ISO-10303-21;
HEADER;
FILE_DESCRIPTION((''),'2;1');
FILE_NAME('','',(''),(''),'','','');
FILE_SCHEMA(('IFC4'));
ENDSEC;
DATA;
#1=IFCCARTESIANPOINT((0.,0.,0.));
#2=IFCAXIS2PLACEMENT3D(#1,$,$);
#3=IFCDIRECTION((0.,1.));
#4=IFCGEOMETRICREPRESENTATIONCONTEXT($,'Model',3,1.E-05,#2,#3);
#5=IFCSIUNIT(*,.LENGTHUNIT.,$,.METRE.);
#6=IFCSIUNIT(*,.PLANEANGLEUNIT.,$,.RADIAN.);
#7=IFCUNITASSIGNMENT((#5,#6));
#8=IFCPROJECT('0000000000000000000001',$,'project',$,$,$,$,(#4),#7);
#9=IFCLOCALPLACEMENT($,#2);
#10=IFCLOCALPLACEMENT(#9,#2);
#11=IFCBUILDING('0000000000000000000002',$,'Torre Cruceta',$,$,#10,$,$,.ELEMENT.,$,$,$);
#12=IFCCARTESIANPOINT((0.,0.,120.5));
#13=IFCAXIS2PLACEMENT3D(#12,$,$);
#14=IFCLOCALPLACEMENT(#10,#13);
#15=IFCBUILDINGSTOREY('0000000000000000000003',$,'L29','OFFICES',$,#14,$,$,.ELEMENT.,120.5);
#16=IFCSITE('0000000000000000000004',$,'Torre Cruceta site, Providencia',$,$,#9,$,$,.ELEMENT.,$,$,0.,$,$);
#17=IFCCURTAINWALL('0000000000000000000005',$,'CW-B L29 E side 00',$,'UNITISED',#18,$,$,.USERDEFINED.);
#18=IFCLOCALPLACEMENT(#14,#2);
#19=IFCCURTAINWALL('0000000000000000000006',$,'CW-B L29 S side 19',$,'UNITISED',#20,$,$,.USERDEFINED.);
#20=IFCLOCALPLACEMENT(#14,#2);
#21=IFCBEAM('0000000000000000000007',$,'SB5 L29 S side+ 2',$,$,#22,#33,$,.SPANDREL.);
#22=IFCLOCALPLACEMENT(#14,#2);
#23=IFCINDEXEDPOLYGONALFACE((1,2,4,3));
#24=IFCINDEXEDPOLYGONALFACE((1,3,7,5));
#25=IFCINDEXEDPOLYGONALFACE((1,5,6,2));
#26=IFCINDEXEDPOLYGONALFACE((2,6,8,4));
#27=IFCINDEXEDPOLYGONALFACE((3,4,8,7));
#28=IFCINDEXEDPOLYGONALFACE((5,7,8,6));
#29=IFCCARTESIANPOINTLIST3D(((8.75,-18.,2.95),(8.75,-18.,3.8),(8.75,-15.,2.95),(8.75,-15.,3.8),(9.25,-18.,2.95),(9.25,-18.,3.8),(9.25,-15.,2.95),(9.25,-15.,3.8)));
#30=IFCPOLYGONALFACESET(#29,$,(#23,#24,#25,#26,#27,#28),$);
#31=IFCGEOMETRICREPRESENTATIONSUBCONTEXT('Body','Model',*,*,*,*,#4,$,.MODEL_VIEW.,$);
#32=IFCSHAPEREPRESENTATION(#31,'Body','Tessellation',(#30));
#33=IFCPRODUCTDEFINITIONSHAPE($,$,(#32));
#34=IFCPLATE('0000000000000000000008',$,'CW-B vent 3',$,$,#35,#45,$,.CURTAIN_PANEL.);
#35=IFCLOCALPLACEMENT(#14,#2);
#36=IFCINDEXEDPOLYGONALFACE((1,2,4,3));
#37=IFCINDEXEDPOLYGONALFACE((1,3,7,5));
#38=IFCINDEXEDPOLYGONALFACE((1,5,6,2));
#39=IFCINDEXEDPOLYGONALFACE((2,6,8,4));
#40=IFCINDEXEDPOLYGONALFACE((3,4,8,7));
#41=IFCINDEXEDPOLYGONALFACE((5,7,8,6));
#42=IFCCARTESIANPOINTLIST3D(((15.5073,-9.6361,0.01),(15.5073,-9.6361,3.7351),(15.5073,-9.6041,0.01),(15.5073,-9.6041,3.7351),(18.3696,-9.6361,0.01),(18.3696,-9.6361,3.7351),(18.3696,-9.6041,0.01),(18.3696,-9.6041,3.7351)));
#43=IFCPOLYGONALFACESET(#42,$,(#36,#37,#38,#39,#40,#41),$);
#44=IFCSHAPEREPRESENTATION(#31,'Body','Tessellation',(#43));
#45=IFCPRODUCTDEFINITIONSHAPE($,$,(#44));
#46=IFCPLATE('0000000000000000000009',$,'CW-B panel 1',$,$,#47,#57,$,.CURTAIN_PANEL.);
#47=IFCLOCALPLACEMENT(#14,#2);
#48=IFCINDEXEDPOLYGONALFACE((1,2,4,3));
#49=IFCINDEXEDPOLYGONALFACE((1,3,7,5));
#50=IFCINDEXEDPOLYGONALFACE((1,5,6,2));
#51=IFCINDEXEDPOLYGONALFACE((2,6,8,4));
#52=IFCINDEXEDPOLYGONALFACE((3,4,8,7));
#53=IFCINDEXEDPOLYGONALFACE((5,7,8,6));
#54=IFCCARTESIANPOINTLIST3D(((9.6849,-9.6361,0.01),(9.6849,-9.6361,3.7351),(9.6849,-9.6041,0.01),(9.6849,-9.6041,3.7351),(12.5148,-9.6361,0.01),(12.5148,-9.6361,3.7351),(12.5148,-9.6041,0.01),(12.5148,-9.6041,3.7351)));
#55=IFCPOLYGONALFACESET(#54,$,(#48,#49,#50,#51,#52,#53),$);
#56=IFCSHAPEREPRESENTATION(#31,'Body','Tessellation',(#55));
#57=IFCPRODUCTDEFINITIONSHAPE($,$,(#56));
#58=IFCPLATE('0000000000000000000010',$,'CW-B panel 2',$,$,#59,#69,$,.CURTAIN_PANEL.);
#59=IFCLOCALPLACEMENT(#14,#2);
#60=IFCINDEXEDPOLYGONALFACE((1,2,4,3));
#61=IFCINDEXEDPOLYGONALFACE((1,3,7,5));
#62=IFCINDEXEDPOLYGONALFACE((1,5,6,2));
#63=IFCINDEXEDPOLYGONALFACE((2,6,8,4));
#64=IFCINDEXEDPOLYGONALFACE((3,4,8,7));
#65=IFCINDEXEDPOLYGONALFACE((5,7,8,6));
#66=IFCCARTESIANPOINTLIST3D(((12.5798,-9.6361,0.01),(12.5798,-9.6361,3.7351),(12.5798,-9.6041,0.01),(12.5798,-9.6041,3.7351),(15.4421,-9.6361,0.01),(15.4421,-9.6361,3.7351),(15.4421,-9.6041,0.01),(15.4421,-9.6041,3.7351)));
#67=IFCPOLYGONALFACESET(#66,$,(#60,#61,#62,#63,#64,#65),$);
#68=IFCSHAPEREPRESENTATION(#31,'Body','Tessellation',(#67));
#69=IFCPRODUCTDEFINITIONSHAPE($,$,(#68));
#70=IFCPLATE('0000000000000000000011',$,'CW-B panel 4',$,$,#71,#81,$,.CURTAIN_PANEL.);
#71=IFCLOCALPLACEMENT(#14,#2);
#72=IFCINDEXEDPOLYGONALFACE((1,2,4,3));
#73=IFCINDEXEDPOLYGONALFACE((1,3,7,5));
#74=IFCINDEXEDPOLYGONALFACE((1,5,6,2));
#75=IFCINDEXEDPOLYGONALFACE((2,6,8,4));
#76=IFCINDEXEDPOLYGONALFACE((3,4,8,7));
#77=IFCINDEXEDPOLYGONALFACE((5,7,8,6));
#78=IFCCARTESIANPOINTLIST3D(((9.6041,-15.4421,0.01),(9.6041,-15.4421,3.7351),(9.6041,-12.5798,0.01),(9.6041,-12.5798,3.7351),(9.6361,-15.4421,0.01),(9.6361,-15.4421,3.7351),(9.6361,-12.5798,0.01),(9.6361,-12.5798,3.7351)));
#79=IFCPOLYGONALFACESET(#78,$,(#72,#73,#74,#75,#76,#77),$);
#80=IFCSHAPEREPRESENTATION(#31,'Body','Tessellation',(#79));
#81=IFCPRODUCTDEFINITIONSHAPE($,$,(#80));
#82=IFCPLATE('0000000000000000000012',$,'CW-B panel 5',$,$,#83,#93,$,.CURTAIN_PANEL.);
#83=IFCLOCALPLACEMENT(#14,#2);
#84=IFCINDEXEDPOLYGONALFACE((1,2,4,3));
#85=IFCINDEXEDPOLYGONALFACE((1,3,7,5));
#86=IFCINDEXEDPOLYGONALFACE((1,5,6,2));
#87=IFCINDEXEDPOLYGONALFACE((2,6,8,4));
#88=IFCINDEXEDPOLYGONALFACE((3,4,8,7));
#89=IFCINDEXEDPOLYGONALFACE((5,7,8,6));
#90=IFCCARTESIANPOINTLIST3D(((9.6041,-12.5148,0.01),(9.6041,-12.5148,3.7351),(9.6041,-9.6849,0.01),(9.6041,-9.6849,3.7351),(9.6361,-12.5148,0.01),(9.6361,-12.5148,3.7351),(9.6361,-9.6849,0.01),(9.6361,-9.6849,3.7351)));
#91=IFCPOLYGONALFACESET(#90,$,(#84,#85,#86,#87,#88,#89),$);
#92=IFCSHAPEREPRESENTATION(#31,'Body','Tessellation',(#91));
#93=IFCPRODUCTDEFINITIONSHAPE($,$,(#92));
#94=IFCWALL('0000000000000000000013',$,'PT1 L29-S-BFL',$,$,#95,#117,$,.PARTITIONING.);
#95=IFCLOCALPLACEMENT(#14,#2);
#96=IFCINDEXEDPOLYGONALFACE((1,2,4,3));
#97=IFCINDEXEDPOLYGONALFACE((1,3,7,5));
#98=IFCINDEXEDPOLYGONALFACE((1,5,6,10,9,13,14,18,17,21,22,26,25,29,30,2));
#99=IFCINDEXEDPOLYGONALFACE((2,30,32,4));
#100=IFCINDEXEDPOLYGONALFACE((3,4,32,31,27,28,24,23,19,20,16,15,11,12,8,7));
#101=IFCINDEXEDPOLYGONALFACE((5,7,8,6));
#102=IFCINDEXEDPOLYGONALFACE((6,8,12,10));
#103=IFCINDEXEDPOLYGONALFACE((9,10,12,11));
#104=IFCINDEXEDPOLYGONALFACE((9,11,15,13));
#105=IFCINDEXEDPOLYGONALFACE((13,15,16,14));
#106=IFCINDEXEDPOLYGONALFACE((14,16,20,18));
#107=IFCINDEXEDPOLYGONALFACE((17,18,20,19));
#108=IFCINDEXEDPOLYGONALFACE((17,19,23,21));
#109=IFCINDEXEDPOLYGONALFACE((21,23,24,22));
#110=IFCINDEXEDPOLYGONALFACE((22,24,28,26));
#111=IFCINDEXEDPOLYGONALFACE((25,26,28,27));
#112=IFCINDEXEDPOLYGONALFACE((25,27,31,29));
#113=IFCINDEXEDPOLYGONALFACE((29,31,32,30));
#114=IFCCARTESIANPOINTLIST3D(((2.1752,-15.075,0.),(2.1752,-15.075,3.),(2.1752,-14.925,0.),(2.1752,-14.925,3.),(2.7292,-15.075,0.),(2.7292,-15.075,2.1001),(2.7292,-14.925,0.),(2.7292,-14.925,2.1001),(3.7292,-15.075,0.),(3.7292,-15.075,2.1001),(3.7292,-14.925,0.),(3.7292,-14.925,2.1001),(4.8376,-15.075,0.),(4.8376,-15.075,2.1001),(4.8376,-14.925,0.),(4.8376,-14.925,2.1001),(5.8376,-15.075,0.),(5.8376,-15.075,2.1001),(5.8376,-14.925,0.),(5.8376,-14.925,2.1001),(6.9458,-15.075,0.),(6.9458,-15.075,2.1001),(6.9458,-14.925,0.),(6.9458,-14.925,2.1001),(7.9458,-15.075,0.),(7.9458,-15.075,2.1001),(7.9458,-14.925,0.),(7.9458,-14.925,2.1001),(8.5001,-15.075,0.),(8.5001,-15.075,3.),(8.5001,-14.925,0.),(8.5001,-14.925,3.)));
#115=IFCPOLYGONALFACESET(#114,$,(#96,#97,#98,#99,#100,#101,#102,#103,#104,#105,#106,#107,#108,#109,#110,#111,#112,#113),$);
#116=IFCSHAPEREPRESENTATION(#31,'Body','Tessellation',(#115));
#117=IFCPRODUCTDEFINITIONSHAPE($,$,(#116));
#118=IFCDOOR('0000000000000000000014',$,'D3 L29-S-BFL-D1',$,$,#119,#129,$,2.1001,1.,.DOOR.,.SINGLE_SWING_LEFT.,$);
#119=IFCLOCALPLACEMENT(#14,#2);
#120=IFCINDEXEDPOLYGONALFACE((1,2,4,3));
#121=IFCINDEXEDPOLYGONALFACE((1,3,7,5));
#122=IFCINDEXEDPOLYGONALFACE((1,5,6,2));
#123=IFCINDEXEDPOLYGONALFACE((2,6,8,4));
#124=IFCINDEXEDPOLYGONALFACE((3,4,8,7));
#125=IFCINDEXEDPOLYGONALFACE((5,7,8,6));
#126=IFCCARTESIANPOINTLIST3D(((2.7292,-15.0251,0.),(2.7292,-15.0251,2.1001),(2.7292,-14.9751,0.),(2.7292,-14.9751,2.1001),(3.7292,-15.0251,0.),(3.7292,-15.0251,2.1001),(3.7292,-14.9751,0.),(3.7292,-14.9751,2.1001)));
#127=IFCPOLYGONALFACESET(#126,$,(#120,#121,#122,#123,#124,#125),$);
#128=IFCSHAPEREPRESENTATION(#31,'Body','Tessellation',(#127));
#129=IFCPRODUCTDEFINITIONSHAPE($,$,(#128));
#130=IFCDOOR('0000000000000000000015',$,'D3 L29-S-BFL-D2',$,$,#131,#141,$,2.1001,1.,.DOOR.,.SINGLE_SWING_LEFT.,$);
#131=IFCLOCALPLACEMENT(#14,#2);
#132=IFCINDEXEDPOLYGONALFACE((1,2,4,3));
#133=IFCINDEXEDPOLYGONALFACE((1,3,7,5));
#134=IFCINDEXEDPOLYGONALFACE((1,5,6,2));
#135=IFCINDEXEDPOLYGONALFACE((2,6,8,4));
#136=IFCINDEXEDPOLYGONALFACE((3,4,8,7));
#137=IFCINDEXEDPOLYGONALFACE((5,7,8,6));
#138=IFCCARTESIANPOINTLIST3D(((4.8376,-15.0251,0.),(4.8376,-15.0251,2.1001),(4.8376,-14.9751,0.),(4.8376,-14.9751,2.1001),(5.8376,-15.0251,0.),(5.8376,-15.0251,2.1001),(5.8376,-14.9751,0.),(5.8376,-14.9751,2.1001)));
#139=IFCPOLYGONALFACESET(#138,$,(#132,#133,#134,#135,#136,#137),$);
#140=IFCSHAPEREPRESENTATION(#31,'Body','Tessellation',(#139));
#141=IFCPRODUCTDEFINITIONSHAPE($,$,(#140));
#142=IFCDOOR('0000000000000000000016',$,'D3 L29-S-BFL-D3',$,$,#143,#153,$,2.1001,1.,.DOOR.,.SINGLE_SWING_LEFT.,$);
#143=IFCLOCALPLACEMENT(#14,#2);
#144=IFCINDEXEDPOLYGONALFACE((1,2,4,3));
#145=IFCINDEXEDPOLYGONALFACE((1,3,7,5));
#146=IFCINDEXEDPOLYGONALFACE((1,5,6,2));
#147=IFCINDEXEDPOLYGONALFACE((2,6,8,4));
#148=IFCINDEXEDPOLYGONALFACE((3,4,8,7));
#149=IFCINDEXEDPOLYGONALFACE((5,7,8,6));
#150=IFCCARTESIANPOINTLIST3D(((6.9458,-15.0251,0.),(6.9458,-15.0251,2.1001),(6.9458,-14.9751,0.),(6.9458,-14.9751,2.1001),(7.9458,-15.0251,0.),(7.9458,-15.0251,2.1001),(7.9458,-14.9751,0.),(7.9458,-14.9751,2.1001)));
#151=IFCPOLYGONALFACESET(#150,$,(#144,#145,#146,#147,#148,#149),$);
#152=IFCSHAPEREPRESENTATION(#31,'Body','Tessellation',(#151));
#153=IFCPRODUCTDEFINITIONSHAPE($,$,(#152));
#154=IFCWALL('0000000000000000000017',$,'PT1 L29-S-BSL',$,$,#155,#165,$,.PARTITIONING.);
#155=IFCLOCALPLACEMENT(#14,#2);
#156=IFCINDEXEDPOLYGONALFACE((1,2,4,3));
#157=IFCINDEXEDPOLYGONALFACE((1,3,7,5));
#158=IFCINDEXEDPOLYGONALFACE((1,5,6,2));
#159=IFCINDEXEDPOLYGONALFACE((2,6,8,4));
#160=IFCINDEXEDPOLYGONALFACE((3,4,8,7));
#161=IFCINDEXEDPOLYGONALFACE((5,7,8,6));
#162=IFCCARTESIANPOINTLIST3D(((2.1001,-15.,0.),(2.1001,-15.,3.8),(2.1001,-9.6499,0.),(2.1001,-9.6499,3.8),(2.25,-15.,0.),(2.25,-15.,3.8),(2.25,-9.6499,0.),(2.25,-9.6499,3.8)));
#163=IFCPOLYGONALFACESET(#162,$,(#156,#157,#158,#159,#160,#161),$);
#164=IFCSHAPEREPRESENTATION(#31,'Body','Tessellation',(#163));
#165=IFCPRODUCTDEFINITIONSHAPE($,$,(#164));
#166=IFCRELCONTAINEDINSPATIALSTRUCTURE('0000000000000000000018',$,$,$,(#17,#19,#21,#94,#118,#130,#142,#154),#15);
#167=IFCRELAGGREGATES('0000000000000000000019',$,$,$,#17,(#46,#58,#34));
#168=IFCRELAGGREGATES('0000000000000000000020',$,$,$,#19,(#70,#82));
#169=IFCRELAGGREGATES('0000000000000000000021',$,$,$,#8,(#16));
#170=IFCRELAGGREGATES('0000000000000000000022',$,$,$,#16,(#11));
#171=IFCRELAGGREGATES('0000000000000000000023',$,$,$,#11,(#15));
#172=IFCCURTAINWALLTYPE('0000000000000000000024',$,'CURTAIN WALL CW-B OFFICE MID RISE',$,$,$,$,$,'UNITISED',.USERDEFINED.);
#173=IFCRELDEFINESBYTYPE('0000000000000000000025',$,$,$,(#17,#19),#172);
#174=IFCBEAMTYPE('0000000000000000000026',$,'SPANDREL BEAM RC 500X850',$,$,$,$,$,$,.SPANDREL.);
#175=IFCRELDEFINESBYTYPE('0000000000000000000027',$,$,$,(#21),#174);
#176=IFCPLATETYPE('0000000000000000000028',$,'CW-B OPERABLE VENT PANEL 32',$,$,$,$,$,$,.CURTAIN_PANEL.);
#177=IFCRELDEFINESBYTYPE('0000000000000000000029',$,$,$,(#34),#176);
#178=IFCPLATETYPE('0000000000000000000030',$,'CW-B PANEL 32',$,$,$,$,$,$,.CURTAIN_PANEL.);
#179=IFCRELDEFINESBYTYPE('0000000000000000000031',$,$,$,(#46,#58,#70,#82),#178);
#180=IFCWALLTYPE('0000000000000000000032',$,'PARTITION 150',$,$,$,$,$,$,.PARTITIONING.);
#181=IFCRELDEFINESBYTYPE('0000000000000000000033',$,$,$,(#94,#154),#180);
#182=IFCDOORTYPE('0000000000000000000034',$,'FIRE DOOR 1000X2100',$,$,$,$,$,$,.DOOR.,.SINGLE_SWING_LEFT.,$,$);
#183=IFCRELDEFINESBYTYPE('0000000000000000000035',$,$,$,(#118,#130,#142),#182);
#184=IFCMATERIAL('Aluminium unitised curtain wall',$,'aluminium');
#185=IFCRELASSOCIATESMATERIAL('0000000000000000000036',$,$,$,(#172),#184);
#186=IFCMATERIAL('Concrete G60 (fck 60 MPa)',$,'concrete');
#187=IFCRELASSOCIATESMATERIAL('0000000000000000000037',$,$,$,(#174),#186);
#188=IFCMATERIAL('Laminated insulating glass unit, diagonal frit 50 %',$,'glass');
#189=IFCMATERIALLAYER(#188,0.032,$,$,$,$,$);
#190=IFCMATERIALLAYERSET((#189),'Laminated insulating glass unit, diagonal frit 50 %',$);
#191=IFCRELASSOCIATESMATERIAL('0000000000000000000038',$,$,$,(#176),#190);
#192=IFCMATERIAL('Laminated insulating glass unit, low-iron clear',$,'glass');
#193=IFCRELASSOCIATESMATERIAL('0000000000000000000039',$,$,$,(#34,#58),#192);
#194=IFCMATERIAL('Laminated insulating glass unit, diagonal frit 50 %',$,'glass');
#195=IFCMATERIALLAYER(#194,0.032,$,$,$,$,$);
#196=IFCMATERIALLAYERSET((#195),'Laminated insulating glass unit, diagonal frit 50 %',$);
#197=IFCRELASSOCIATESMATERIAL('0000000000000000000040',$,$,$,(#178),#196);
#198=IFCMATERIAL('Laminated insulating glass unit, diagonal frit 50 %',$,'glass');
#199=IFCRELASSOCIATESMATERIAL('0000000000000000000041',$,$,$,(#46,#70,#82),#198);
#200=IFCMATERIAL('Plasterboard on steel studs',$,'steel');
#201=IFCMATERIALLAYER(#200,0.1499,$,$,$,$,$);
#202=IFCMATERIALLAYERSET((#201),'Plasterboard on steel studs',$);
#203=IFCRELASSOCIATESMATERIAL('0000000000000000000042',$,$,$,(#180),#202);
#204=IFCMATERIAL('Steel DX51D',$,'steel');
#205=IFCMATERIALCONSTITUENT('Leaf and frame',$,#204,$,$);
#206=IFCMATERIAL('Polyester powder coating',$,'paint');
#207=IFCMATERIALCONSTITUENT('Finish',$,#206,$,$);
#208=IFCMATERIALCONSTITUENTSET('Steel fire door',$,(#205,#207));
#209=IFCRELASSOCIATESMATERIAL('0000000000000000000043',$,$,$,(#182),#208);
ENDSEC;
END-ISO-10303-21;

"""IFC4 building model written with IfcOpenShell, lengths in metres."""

from ifc_helpers import new_model, si_unit, direction, frame, frame_2d, origin, origin_2d, place, context, subcontext, project, spatial, rectangle, extrude, material, layer, layer_set, constituent, constituent_set, material_profile, profile_set, type_object, element, fill, aggregate, save


model = new_model("IFC4")

# Units and contexts
model_context = context("Model", 3, precision=1e-05, world=origin(), true_north=direction((0.0, 1.0)))
body_context = subcontext(model_context, "Body", "Model", "MODEL_VIEW")
ifc_project = project(units=[si_unit("LENGTHUNIT", "METRE"), si_unit("PLANEANGLEUNIT", "RADIAN")], contexts=[model_context])

# Site, building, storey
site_placement = place(None, origin())
site = spatial("IfcSite", under=ifc_project, at=site_placement, Name="Torre Cruceta site, Providencia", CompositionType="ELEMENT", RefElevation=0.0)
building_placement = place(site_placement, origin())
building = spatial("IfcBuilding", under=site, at=building_placement, Name="Torre Cruceta", CompositionType="ELEMENT")
storey_placement = place(building_placement, frame((0.0, 0.0, 120.5)))
storey = spatial("IfcBuildingStorey", under=building, at=storey_placement, Name="L29", Description="OFFICES", CompositionType="ELEMENT", Elevation=120.5)

# Curtain walls
ifc_material_1 = material(Name="Aluminium unitised curtain wall", Category="aluminium")
curtain_wall_type = type_object("IfcCurtainWallType", Name="CURTAIN WALL CW-B OFFICE MID RISE", ElementType="UNITISED", PredefinedType="USERDEFINED", material=ifc_material_1)
curtain_wall_1_placement = place(storey_placement, origin())
curtain_wall_1 = element("IfcCurtainWall", 1, at=curtain_wall_1_placement, inside=storey, type_object=curtain_wall_type, Name="CW-B L29 E side 00", ObjectType="UNITISED", PredefinedType="USERDEFINED")
curtain_wall_2_placement = place(storey_placement, origin())
curtain_wall_2 = element("IfcCurtainWall", 2, at=curtain_wall_2_placement, inside=storey, type_object=curtain_wall_type, Name="CW-B L29 S side 19", ObjectType="UNITISED", PredefinedType="USERDEFINED")

# Beam
ifc_material_2 = material(Name="Concrete G60 (fck 60 MPa)", Category="concrete")
ifc_material_profile_1 = material_profile(ifc_material_2, rectangle(XDim=0.5, YDim=0.8501, at=origin_2d()), Name="RC 500X850")
ifc_profile_set_1 = profile_set([ifc_material_profile_1], Name="Concrete G60 (fck 60 MPa)")
beam_type_1 = type_object("IfcBeamType", Name="SPANDREL BEAM RC 500X850", PredefinedType="SPANDREL", material=ifc_profile_set_1)
beam_1_placement = place(storey_placement, frame((9.0, -15.0, 3.375), z_axis=(0.0, -1.0, 0.0), x_axis=(1.0, 0.0, 0.0)))
element("IfcBeam", 3, at=beam_1_placement, inside=storey, type_object=beam_type_1, Name="SB5 L29 S side+ 2", PredefinedType="SPANDREL", context=body_context, shape_type="SweptSolid", body=[
    extrude(rectangle(XDim=0.5, YDim=0.8501, at=origin_2d()), origin(), (0.0, 0.0, 1.0), 3.0),
])

# Plates
ifc_material_3 = material(Name="Laminated insulating glass unit, low-iron clear", Category="glass")
ifc_material_4 = material(Name="Laminated insulating glass unit, diagonal frit 50 %", Category="glass")
ifc_layer_1 = layer(ifc_material_4, 0.032)
ifc_layer_set_1 = layer_set([ifc_layer_1], Name="Laminated insulating glass unit, diagonal frit 50 %")
plate_type_1 = type_object("IfcPlateType", Name="CW-B OPERABLE VENT PANEL 32", PredefinedType="CURTAIN_PANEL", material=ifc_layer_set_1)
plate_1_placement = place(storey_placement, frame((16.9385, -9.6201, 0.01), z_axis=(0.0, 0.0, 1.0), x_axis=(1.0, 0.0, 0.0)))
plate_1 = element("IfcPlate", 4, at=plate_1_placement, type_object=plate_type_1, material=ifc_material_3, Name="CW-B vent 3", PredefinedType="CURTAIN_PANEL", context=body_context, shape_type="SweptSolid", body=[
    extrude(rectangle(XDim=2.8623, YDim=0.032, at=origin_2d()), origin(), (0.0, 0.0, 1.0), 3.7251),
])
ifc_material_5 = material(Name="Laminated insulating glass unit, diagonal frit 50 %", Category="glass")
ifc_material_6 = material(Name="Laminated insulating glass unit, diagonal frit 50 %", Category="glass")
ifc_layer_2 = layer(ifc_material_6, 0.032)
ifc_layer_set_2 = layer_set([ifc_layer_2], Name="Laminated insulating glass unit, diagonal frit 50 %")
plate_type_2 = type_object("IfcPlateType", Name="CW-B PANEL 32", PredefinedType="CURTAIN_PANEL", material=ifc_layer_set_2)
plate_2_placement = place(storey_placement, frame((11.0999, -9.6201, 0.01), z_axis=(0.0, 0.0, 1.0), x_axis=(1.0, 0.0, 0.0)))
plate_2 = element("IfcPlate", 5, at=plate_2_placement, type_object=plate_type_2, material=ifc_material_5, Name="CW-B panel 1", PredefinedType="CURTAIN_PANEL", context=body_context, shape_type="SweptSolid", body=[
    extrude(rectangle(XDim=2.8298, YDim=0.032, at=origin_2d()), origin(), (0.0, 0.0, 1.0), 3.7251),
])
plate_3_placement = place(storey_placement, frame((14.011, -9.6201, 0.01), z_axis=(0.0, 0.0, 1.0), x_axis=(1.0, 0.0, 0.0)))
plate_3 = element("IfcPlate", 6, at=plate_3_placement, type_object=plate_type_2, material=ifc_material_3, Name="CW-B panel 2", PredefinedType="CURTAIN_PANEL", context=body_context, shape_type="SweptSolid", body=[
    extrude(rectangle(XDim=2.8623, YDim=0.032, at=origin_2d()), origin(), (0.0, 0.0, 1.0), 3.7251),
])
aggregate(curtain_wall_1, [plate_2, plate_3, plate_1])
plate_4_placement = place(storey_placement, frame((9.6201, -14.011, 0.01), z_axis=(0.0, 0.0, 1.0), x_axis=(0.0, 1.0, 0.0)))
plate_4 = element("IfcPlate", 7, at=plate_4_placement, type_object=plate_type_2, material=ifc_material_5, Name="CW-B panel 4", PredefinedType="CURTAIN_PANEL", context=body_context, shape_type="SweptSolid", body=[
    extrude(rectangle(XDim=2.8623, YDim=0.032, at=origin_2d()), origin(), (0.0, 0.0, 1.0), 3.7251),
])
plate_5_placement = place(storey_placement, frame((9.6201, -11.0999, 0.01), z_axis=(0.0, 0.0, 1.0), x_axis=(0.0, 1.0, 0.0)))
plate_5 = element("IfcPlate", 8, at=plate_5_placement, type_object=plate_type_2, material=ifc_material_5, Name="CW-B panel 5", PredefinedType="CURTAIN_PANEL", context=body_context, shape_type="SweptSolid", body=[
    extrude(rectangle(XDim=2.8298, YDim=0.032, at=origin_2d()), origin(), (0.0, 0.0, 1.0), 3.7251),
])
aggregate(curtain_wall_2, [plate_4, plate_5])

# Wall, openings, doors
ifc_material_7 = material(Name="Plasterboard on steel studs", Category="steel")
ifc_layer_3 = layer(ifc_material_7, 0.1499)
ifc_layer_set_3 = layer_set([ifc_layer_3], Name="Plasterboard on steel studs")
wall_type_1 = type_object("IfcWallType", Name="PARTITION 150", PredefinedType="PARTITIONING", material=ifc_layer_set_3)
wall_1_placement = place(storey_placement, frame((2.175, -15.0, 0.0), z_axis=(0.0, 0.0, 1.0), x_axis=(1.0, 0.0, 0.0)))
wall_1 = element("IfcWall", 9, at=wall_1_placement, inside=storey, type_object=wall_type_1, Name="PT1 L29-S-BFL", PredefinedType="PARTITIONING", context=body_context, shape_type="SweptSolid", body=[
    extrude(rectangle(XDim=6.325, YDim=0.1499, at=frame_2d((3.1626, 0.0))), origin(), (0.0, 0.0, 1.0), 3.0),
])
opening_1_placement = place(wall_1_placement, frame((0.5542, 0.0, 0.0)))
opening_1 = element("IfcOpeningElement", 10, at=opening_1_placement, cuts=wall_1, PredefinedType="OPENING", context=body_context, shape_type="SweptSolid", body=[
    extrude(rectangle(XDim=1.0, YDim=2.1001, at=frame_2d((0.5, 1.05))), frame((0.0, 0.085, 0.0), z_axis=(0.0, -1.0, 0.0), x_axis=(1.0, 0.0, 0.0)), (0.0, 0.0, 1.0), 0.1699),
])
opening_2_placement = place(wall_1_placement, frame((2.6626, 0.0, 0.0)))
opening_2 = element("IfcOpeningElement", 11, at=opening_2_placement, cuts=wall_1, PredefinedType="OPENING", context=body_context, shape_type="SweptSolid", body=[
    extrude(rectangle(XDim=1.0, YDim=2.1001, at=frame_2d((0.5, 1.05))), frame((0.0, 0.085, 0.0), z_axis=(0.0, -1.0, 0.0), x_axis=(1.0, 0.0, 0.0)), (0.0, 0.0, 1.0), 0.1699),
])
opening_3_placement = place(wall_1_placement, frame((4.7708, 0.0, 0.0)))
opening_3 = element("IfcOpeningElement", 12, at=opening_3_placement, cuts=wall_1, PredefinedType="OPENING", context=body_context, shape_type="SweptSolid", body=[
    extrude(rectangle(XDim=1.0, YDim=2.1001, at=frame_2d((0.5, 1.05))), frame((0.0, 0.085, 0.0), z_axis=(0.0, -1.0, 0.0), x_axis=(1.0, 0.0, 0.0)), (0.0, 0.0, 1.0), 0.1699),
])
ifc_material_8 = material(Name="Steel DX51D", Category="steel")
ifc_constituent_1 = constituent(ifc_material_8, Name="Leaf and frame")
ifc_material_9 = material(Name="Polyester powder coating", Category="paint")
ifc_constituent_2 = constituent(ifc_material_9, Name="Finish")
ifc_constituent_set = constituent_set(constituents=[ifc_constituent_1, ifc_constituent_2], Name="Steel fire door")
door_type = type_object("IfcDoorType", Name="FIRE DOOR 1000X2100", OperationType="SINGLE_SWING_LEFT", PredefinedType="DOOR", material=ifc_constituent_set)
door_1_placement = place(opening_1_placement, origin())
door_1 = element("IfcDoor", 13, at=door_1_placement, inside=storey, type_object=door_type, Name="D3 L29-S-BFL-D1", OperationType="SINGLE_SWING_LEFT", OverallHeight=2.1001, OverallWidth=1.0, PredefinedType="DOOR", context=body_context, shape_type="SweptSolid", body=[
    extrude(rectangle(XDim=1.0, YDim=2.1001, at=frame_2d((0.5, 1.05))), frame((0.0, 0.0249, 0.0), z_axis=(0.0, -1.0, 0.0), x_axis=(1.0, 0.0, 0.0)), (0.0, 0.0, 1.0), 0.05),
])
fill(opening_1, door_1)
door_2_placement = place(opening_2_placement, origin())
door_2 = element("IfcDoor", 14, at=door_2_placement, inside=storey, type_object=door_type, Name="D3 L29-S-BFL-D2", OperationType="SINGLE_SWING_LEFT", OverallHeight=2.1001, OverallWidth=1.0, PredefinedType="DOOR", context=body_context, shape_type="SweptSolid", body=[
    extrude(rectangle(XDim=1.0, YDim=2.1001, at=frame_2d((0.5, 1.05))), frame((0.0, 0.0249, 0.0), z_axis=(0.0, -1.0, 0.0), x_axis=(1.0, 0.0, 0.0)), (0.0, 0.0, 1.0), 0.05),
])
fill(opening_2, door_2)
door_3_placement = place(opening_3_placement, origin())
door_3 = element("IfcDoor", 15, at=door_3_placement, inside=storey, type_object=door_type, Name="D3 L29-S-BFL-D3", OperationType="SINGLE_SWING_LEFT", OverallHeight=2.1001, OverallWidth=1.0, PredefinedType="DOOR", context=body_context, shape_type="SweptSolid", body=[
    extrude(rectangle(XDim=1.0, YDim=2.1001, at=frame_2d((0.5, 1.05))), frame((0.0, 0.0249, 0.0), z_axis=(0.0, -1.0, 0.0), x_axis=(1.0, 0.0, 0.0)), (0.0, 0.0, 1.0), 0.05),
])
fill(opening_3, door_3)

# Wall
wall_2_placement = place(storey_placement, frame((2.175, -9.6499, 0.0), z_axis=(0.0, 0.0, 1.0), x_axis=(0.0, -1.0, 0.0)))
element("IfcWall", 16, at=wall_2_placement, inside=storey, type_object=wall_type_1, Name="PT1 L29-S-BSL", PredefinedType="PARTITIONING", context=body_context, shape_type="SweptSolid", body=[
    extrude(rectangle(XDim=5.3501, YDim=0.1499, at=frame_2d((2.675, 0.0))), origin(), (0.0, 0.0, 1.0), 3.8),
])

save(model, "model.ifc")
